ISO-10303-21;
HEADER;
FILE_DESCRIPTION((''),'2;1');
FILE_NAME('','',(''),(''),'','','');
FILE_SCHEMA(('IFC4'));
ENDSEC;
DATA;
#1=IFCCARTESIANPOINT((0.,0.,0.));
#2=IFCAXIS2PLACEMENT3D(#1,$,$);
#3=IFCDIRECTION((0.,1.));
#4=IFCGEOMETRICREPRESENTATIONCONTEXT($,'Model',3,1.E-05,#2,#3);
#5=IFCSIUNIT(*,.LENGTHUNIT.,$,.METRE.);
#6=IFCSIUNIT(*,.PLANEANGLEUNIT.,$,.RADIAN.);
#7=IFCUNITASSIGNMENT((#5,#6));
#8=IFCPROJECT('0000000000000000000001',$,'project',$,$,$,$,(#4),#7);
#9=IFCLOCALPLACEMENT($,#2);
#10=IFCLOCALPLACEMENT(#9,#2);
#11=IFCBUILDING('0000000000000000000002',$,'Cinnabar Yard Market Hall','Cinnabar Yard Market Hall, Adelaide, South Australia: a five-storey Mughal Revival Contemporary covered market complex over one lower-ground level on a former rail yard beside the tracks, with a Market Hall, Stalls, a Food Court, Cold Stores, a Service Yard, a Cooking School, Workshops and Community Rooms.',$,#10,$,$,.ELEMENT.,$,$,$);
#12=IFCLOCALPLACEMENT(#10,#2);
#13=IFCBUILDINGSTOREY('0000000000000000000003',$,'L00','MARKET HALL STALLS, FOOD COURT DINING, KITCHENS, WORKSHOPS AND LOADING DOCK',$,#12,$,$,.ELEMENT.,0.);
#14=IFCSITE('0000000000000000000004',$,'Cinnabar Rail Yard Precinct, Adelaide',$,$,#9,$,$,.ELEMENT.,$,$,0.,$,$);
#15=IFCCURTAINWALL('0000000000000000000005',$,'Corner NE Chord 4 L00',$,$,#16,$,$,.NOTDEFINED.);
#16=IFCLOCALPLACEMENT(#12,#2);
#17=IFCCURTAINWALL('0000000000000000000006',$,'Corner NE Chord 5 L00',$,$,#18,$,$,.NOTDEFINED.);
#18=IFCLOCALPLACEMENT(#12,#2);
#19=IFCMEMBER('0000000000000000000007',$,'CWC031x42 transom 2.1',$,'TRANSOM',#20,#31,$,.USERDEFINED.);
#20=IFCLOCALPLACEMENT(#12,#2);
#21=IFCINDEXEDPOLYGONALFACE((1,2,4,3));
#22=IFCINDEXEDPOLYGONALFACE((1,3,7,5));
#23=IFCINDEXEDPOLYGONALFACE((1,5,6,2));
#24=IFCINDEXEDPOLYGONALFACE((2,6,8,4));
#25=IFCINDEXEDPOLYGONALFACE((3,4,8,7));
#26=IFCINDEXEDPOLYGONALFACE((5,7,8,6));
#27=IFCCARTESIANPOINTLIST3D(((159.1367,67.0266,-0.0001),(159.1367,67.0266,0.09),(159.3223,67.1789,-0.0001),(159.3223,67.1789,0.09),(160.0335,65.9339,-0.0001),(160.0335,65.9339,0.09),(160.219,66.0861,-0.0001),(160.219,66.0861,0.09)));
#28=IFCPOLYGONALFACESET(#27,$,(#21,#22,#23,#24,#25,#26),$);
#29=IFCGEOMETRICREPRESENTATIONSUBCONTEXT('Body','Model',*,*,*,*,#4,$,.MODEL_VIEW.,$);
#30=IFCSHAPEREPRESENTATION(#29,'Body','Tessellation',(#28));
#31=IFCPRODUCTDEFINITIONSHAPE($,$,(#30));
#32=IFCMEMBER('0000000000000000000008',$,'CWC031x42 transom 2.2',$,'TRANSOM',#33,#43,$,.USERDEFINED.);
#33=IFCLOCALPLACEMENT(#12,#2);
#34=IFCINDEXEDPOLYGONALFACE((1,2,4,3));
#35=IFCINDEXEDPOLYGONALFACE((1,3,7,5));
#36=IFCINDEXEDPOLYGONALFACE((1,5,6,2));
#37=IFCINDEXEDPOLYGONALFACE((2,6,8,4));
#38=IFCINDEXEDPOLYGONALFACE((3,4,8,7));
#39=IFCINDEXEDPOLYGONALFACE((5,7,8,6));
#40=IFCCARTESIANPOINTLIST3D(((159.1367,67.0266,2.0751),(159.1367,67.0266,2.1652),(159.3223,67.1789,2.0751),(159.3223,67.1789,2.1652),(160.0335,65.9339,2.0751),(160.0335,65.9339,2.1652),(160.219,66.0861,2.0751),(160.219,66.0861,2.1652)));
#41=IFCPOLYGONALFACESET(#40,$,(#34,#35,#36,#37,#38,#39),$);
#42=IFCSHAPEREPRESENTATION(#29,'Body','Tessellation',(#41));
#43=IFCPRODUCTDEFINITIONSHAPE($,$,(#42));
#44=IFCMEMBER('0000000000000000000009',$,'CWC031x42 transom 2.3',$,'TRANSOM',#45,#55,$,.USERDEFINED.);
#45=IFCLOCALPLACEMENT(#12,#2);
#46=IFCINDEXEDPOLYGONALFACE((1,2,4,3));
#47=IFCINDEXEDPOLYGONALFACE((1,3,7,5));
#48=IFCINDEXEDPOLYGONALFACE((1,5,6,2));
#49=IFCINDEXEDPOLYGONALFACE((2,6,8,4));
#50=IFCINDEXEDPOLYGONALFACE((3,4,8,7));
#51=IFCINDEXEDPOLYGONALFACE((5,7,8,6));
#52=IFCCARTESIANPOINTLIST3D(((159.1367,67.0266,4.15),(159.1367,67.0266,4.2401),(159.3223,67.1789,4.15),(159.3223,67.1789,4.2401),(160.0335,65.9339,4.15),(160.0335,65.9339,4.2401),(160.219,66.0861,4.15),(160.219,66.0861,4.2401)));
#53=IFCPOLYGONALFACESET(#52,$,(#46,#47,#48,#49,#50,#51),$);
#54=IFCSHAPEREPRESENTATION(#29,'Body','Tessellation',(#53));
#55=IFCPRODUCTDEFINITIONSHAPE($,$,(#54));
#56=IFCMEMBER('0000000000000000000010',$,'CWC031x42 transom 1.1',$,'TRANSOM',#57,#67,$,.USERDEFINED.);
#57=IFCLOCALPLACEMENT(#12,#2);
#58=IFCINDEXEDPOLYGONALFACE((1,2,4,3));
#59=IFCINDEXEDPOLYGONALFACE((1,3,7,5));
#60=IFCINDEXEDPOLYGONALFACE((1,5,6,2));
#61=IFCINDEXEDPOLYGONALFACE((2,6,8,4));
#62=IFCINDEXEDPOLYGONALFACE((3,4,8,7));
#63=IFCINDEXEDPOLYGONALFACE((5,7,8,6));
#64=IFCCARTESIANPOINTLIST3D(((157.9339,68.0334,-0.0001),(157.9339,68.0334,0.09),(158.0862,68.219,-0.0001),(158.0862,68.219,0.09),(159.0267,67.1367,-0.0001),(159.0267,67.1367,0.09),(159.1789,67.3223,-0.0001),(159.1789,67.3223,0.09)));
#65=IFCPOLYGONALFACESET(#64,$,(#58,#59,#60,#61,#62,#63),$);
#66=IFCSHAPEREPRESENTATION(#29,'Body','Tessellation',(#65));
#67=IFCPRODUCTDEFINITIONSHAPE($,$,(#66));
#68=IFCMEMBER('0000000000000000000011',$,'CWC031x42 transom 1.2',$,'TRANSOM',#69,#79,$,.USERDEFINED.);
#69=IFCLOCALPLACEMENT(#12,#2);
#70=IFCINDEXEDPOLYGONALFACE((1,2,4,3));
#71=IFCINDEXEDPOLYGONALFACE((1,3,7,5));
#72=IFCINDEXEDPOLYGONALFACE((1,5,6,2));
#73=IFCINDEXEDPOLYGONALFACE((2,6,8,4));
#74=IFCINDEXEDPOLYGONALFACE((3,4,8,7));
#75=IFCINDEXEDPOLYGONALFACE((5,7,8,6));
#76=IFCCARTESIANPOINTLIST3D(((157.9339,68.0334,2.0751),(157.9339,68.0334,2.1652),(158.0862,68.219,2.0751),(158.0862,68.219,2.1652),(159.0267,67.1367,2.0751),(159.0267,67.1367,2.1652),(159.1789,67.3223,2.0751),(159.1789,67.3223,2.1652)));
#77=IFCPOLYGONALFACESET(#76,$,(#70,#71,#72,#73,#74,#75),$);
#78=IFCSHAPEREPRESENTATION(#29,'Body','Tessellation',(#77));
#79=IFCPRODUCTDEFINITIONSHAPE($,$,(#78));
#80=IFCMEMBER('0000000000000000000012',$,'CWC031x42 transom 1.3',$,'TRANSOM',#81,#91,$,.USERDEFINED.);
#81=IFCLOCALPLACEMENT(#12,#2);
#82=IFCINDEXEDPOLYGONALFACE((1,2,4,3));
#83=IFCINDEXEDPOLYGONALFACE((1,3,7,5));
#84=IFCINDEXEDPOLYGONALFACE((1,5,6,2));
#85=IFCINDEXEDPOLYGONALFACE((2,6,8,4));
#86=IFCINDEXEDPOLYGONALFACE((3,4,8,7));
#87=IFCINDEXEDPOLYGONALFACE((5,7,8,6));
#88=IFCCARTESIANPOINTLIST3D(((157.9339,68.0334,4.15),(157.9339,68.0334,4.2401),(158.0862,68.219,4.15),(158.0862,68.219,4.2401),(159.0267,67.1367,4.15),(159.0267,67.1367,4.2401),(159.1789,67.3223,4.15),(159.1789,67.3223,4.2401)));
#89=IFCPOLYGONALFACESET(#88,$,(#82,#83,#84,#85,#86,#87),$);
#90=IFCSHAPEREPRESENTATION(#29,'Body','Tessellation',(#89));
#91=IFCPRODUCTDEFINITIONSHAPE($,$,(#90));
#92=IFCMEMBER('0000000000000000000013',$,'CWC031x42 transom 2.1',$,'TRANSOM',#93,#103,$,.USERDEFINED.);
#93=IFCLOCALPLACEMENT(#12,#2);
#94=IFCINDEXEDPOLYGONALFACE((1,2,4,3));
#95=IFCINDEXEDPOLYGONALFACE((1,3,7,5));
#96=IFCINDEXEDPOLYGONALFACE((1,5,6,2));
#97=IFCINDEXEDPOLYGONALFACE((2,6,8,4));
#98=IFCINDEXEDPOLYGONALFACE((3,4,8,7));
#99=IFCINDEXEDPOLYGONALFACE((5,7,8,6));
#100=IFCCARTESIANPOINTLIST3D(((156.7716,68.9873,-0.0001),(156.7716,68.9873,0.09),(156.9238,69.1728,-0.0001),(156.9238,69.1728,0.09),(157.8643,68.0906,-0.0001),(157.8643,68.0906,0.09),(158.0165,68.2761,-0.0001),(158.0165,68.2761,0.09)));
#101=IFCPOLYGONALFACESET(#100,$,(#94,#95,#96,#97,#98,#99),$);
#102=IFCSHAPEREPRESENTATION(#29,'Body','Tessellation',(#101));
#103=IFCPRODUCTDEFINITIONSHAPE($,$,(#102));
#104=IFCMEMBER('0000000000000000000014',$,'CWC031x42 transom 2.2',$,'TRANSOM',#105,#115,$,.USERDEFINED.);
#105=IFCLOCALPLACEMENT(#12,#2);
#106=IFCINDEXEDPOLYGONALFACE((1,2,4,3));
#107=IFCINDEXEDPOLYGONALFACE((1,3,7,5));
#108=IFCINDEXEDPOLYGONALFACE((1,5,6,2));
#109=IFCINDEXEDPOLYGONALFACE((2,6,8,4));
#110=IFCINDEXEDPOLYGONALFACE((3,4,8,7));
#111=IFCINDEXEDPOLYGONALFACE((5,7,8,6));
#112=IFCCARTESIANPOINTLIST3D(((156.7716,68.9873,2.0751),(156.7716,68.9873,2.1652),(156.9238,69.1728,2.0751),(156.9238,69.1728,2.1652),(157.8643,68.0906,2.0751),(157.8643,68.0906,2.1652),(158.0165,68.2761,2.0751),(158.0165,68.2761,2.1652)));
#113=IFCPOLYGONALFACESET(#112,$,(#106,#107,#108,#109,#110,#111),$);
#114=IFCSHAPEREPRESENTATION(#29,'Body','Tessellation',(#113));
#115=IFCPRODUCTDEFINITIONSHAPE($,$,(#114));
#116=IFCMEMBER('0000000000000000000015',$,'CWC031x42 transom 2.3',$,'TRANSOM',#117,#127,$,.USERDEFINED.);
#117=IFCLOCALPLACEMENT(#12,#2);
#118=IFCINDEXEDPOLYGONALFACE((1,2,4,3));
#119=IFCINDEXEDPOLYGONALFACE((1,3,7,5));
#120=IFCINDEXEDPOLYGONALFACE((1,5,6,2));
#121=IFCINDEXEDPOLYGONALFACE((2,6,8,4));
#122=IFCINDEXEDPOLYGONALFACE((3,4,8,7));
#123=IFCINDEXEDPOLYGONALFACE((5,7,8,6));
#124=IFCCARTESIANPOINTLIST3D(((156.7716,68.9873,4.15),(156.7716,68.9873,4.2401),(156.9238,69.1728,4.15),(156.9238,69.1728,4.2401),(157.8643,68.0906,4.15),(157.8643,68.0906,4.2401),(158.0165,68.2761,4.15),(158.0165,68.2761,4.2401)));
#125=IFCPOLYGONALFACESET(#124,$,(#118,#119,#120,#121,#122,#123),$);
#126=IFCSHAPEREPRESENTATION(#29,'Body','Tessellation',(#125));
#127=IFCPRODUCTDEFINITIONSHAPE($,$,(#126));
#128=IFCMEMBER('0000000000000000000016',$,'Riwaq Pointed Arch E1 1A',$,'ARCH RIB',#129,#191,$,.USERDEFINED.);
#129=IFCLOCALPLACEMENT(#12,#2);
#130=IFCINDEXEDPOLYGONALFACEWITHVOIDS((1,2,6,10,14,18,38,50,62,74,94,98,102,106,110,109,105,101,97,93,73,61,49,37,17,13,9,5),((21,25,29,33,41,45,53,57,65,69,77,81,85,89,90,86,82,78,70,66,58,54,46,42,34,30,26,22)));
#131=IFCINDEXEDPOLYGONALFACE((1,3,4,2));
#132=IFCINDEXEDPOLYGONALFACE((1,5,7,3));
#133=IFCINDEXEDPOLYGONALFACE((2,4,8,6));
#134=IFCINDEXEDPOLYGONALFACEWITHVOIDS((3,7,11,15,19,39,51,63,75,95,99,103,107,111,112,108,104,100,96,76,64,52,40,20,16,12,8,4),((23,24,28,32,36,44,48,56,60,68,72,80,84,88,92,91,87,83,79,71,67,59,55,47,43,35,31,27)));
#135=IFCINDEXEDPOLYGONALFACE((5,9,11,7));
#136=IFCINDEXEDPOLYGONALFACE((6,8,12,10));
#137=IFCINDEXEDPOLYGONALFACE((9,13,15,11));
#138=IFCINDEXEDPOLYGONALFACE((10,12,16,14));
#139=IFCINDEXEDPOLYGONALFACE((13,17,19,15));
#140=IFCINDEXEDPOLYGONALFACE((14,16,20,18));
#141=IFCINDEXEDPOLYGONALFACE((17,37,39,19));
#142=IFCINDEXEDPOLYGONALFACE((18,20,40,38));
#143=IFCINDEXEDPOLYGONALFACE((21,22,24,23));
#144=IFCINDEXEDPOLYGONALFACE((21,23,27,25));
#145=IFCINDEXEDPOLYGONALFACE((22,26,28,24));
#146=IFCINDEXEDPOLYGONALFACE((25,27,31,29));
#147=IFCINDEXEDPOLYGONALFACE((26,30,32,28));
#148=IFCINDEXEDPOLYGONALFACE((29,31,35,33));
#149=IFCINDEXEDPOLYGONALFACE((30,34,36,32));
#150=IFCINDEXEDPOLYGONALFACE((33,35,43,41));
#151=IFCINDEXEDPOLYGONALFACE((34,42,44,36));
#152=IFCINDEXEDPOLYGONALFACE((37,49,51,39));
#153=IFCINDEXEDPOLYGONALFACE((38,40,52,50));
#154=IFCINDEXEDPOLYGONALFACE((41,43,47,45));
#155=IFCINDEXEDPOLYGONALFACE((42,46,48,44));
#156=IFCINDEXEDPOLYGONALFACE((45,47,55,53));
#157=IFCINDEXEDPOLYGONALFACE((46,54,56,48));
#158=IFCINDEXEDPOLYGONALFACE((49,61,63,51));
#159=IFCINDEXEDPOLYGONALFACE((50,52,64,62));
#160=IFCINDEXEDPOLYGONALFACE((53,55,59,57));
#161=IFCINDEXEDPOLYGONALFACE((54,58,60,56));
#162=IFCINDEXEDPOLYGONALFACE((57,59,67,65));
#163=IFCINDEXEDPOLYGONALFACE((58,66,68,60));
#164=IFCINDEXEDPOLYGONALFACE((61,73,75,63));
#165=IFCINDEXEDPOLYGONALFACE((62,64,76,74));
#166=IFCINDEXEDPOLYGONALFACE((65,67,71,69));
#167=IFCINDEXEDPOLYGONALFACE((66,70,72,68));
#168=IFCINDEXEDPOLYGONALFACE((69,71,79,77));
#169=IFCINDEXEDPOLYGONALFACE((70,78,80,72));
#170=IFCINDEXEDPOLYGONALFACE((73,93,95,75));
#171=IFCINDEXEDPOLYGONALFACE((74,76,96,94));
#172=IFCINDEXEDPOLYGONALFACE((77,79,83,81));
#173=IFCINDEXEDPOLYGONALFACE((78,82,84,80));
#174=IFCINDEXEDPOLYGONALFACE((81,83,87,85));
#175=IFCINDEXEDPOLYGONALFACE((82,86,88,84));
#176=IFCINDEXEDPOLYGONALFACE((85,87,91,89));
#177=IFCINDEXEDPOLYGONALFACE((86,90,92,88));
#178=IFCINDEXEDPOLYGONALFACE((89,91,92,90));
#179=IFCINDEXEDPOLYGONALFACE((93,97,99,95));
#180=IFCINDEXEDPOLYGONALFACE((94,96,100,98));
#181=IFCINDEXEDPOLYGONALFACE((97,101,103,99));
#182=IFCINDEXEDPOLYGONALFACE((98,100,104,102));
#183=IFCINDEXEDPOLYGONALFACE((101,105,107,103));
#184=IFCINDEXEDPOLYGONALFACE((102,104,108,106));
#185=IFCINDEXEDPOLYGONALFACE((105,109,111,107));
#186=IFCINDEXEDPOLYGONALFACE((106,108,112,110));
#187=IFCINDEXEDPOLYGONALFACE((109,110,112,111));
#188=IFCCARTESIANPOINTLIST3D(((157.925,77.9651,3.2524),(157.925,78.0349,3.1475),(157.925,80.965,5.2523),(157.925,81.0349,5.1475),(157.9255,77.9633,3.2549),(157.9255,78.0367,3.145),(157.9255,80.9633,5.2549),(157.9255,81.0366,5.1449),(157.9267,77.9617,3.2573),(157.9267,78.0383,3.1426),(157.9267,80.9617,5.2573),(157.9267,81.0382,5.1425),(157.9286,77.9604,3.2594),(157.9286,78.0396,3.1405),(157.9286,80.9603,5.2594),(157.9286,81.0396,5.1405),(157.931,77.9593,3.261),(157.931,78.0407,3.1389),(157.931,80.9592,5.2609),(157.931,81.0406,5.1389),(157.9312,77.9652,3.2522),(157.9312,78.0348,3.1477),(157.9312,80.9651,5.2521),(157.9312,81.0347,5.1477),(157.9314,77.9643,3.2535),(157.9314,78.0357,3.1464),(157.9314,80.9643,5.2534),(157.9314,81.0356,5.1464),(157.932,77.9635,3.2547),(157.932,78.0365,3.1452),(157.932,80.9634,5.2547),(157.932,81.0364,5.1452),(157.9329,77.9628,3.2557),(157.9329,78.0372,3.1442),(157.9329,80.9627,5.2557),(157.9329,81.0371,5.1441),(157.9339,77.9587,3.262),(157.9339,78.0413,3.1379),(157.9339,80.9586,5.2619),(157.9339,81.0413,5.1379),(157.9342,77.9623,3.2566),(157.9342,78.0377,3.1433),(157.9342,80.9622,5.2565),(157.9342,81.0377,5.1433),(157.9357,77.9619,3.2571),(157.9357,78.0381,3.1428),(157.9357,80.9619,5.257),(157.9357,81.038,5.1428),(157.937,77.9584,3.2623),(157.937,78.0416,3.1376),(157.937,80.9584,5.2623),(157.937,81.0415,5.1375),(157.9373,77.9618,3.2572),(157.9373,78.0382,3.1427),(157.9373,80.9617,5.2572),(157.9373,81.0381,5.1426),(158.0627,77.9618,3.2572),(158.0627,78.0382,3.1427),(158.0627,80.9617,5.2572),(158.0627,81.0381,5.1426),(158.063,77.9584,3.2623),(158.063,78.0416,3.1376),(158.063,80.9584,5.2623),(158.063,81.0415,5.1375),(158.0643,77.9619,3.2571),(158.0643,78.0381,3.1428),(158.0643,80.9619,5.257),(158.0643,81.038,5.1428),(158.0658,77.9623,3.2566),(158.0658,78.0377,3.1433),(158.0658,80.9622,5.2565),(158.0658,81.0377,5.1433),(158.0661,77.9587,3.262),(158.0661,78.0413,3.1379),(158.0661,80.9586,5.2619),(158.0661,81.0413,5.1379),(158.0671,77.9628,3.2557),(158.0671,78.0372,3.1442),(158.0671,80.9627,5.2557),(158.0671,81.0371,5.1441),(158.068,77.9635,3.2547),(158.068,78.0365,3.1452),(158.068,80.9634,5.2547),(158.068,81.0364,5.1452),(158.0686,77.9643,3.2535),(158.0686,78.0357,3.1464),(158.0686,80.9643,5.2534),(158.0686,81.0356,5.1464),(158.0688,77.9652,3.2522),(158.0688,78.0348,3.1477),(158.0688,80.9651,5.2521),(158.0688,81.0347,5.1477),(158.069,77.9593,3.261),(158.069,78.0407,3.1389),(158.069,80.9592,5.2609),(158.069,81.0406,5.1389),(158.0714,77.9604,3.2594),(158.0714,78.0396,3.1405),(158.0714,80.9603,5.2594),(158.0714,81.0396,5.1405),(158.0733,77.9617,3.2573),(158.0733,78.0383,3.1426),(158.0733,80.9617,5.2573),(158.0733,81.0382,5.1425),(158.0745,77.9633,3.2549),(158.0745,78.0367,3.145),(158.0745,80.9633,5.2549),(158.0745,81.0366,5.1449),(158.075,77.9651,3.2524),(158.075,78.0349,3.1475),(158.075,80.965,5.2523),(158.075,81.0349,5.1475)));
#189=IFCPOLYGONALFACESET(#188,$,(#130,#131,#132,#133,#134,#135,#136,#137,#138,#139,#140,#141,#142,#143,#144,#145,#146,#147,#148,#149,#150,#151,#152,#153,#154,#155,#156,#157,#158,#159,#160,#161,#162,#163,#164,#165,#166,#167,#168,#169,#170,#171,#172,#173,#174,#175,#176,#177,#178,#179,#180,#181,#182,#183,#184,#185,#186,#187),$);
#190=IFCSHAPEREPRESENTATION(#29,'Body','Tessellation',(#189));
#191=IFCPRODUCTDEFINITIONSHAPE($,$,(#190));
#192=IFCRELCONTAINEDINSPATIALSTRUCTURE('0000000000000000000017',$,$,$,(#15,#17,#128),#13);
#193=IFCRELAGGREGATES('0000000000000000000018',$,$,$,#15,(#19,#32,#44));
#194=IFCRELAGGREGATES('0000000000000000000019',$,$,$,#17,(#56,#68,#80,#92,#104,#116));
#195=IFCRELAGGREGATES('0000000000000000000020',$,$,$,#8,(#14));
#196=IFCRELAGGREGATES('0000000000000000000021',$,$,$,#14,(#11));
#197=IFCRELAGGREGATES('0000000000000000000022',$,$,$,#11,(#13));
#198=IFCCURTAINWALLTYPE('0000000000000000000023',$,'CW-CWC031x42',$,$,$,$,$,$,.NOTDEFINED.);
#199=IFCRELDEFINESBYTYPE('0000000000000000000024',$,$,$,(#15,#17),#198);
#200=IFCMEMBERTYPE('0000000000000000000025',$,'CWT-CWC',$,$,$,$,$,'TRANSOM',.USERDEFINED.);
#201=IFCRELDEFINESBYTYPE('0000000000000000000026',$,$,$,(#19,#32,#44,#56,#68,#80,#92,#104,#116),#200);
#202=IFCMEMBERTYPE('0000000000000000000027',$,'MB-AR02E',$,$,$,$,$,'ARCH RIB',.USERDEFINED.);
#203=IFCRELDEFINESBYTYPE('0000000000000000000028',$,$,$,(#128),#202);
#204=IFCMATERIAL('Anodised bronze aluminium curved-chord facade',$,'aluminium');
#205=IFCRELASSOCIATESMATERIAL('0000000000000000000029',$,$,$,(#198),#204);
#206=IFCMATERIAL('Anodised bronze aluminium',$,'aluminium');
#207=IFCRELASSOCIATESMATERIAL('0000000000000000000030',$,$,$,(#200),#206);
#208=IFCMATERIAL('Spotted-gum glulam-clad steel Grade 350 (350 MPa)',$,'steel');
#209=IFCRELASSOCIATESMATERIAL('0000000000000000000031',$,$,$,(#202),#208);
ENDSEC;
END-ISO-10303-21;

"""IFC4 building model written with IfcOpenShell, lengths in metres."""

from ifc_helpers import new_model, si_unit, direction, frame, origin, origin_2d_with_axis, place, context, subcontext, project, spatial, rectangle, hollow_rectangle, extrude, material, material_profile, profile_set, type_object, element, aggregate, save


model = new_model("IFC4")

# Units and contexts
model_context = context("Model", 3, precision=1e-05, world=origin(), true_north=direction((0.0, 1.0)))
body_context = subcontext(model_context, "Body", "Model", "MODEL_VIEW")
ifc_project = project(units=[si_unit("LENGTHUNIT", "METRE"), si_unit("PLANEANGLEUNIT", "RADIAN")], contexts=[model_context])

# Site, building, storey
site_placement = place(None, origin())
site = spatial("IfcSite", under=ifc_project, at=site_placement, Name="Cinnabar Rail Yard Precinct, Adelaide", CompositionType="ELEMENT", RefElevation=0.0)
building_placement = place(site_placement, origin())
building = spatial("IfcBuilding", under=site, at=building_placement, Name="Cinnabar Yard Market Hall", Description="Cinnabar Yard Market Hall, Adelaide, South Australia: a five-storey Mughal Revival Contemporary covered market complex over one lower-ground level on a former rail yard beside the tracks, with a Market Hall, Stalls, a Food Court, Cold Stores, a Service Yard, a Cooking School, Workshops and Community Rooms.", CompositionType="ELEMENT")
storey_placement = place(building_placement, origin())
storey = spatial("IfcBuildingStorey", under=building, at=storey_placement, Name="L00", Description="MARKET HALL STALLS, FOOD COURT DINING, KITCHENS, WORKSHOPS AND LOADING DOCK", CompositionType="ELEMENT", Elevation=0.0)

# Shared definitions
ifc_material_1 = material(Name="Spotted-gum glulam-clad steel Grade 350 (350 MPa)", Category="steel")

# Curtain walls
ifc_material_2 = material(Name="Anodised bronze aluminium curved-chord facade", Category="aluminium")
curtain_wall_type = type_object("IfcCurtainWallType", Name="CW-CWC031x42", PredefinedType="NOTDEFINED", material=ifc_material_2)
curtain_wall_1_placement = place(storey_placement, origin())
curtain_wall_1 = element("IfcCurtainWall", 1, at=curtain_wall_1_placement, inside=storey, type_object=curtain_wall_type, Name="Corner NE Chord 4 L00", PredefinedType="NOTDEFINED")
ifc_material_3 = material(Name="Anodised bronze aluminium", Category="aluminium")
curtain_wall_2_placement = place(storey_placement, origin())
curtain_wall_2 = element("IfcCurtainWall", 2, at=curtain_wall_2_placement, inside=storey, type_object=curtain_wall_type, Name="Corner NE Chord 5 L00", PredefinedType="NOTDEFINED")

# Members
ifc_material_profile_1 = material_profile(ifc_material_3, rectangle(XDim=0.24, YDim=0.0901, at=origin_2d_with_axis()), Name="TRN-CWC")
ifc_profile_set_1 = profile_set([ifc_material_profile_1], Name="Anodised bronze aluminium")
member_type_1 = type_object("IfcMemberType", Name="CWT-CWC", ElementType="TRANSOM", PredefinedType="USERDEFINED", material=ifc_profile_set_1)
member_1_placement = place(storey_placement, frame((160.1262, 66.01, 0.0449), z_axis=(-0.634356, 0.773041, 0.0), x_axis=(-0.773041, -0.634356, 0.0)))
member_1 = element("IfcMember", 3, at=member_1_placement, type_object=member_type_1, Name="CWC031x42 transom 2.1", ObjectType="TRANSOM", PredefinedType="USERDEFINED", context=body_context, shape_type="SweptSolid", body=[
    extrude(rectangle(XDim=0.24, YDim=0.0901, at=origin_2d_with_axis()), origin(), (0.0, 0.0, 1.0), 1.4136),
])
member_2_placement = place(storey_placement, frame((160.1262, 66.01, 2.1201), z_axis=(-0.634356, 0.773041, 0.0), x_axis=(-0.773041, -0.634356, 0.0)))
member_2 = element("IfcMember", 4, at=member_2_placement, type_object=member_type_1, Name="CWC031x42 transom 2.2", ObjectType="TRANSOM", PredefinedType="USERDEFINED", context=body_context, shape_type="SweptSolid", body=[
    extrude(rectangle(XDim=0.24, YDim=0.0901, at=origin_2d_with_axis()), origin(), (0.0, 0.0, 1.0), 1.4136),
])
member_3_placement = place(storey_placement, frame((160.1262, 66.01, 4.1951), z_axis=(-0.634356, 0.773041, 0.0), x_axis=(-0.773041, -0.634356, 0.0)))
member_3 = element("IfcMember", 5, at=member_3_placement, type_object=member_type_1, Name="CWC031x42 transom 2.3", ObjectType="TRANSOM", PredefinedType="USERDEFINED", context=body_context, shape_type="SweptSolid", body=[
    extrude(rectangle(XDim=0.24, YDim=0.0901, at=origin_2d_with_axis()), origin(), (0.0, 0.0, 1.0), 1.4136),
])
member_4_placement = place(storey_placement, frame((159.1028, 67.2295, 0.0449), z_axis=(-0.773041, 0.634356, 0.0), x_axis=(-0.634356, -0.773041, 0.0)))
member_4 = element("IfcMember", 6, at=member_4_placement, type_object=member_type_1, Name="CWC031x42 transom 1.1", ObjectType="TRANSOM", PredefinedType="USERDEFINED", context=body_context, shape_type="SweptSolid", body=[
    extrude(rectangle(XDim=0.24, YDim=0.0901, at=origin_2d_with_axis()), origin(), (0.0, 0.0, 1.0), 1.4136),
])
member_5_placement = place(storey_placement, frame((159.1028, 67.2295, 2.1201), z_axis=(-0.773041, 0.634356, 0.0), x_axis=(-0.634356, -0.773041, 0.0)))
member_5 = element("IfcMember", 7, at=member_5_placement, type_object=member_type_1, Name="CWC031x42 transom 1.2", ObjectType="TRANSOM", PredefinedType="USERDEFINED", context=body_context, shape_type="SweptSolid", body=[
    extrude(rectangle(XDim=0.24, YDim=0.0901, at=origin_2d_with_axis()), origin(), (0.0, 0.0, 1.0), 1.4136),
])
member_6_placement = place(storey_placement, frame((159.1028, 67.2295, 4.1951), z_axis=(-0.773041, 0.634356, 0.0), x_axis=(-0.634356, -0.773041, 0.0)))
member_6 = element("IfcMember", 8, at=member_6_placement, type_object=member_type_1, Name="CWC031x42 transom 1.3", ObjectType="TRANSOM", PredefinedType="USERDEFINED", context=body_context, shape_type="SweptSolid", body=[
    extrude(rectangle(XDim=0.24, YDim=0.0901, at=origin_2d_with_axis()), origin(), (0.0, 0.0, 1.0), 1.4136),
])
member_7_placement = place(storey_placement, frame((157.9404, 68.1833, 0.0449), z_axis=(-0.773041, 0.634356, 0.0), x_axis=(-0.634356, -0.773041, 0.0)))
member_7 = element("IfcMember", 9, at=member_7_placement, type_object=member_type_1, Name="CWC031x42 transom 2.1", ObjectType="TRANSOM", PredefinedType="USERDEFINED", context=body_context, shape_type="SweptSolid", body=[
    extrude(rectangle(XDim=0.24, YDim=0.0901, at=origin_2d_with_axis()), origin(), (0.0, 0.0, 1.0), 1.4136),
])
member_8_placement = place(storey_placement, frame((157.9404, 68.1833, 2.1201), z_axis=(-0.773041, 0.634356, 0.0), x_axis=(-0.634356, -0.773041, 0.0)))
member_8 = element("IfcMember", 10, at=member_8_placement, type_object=member_type_1, Name="CWC031x42 transom 2.2", ObjectType="TRANSOM", PredefinedType="USERDEFINED", context=body_context, shape_type="SweptSolid", body=[
    extrude(rectangle(XDim=0.24, YDim=0.0901, at=origin_2d_with_axis()), origin(), (0.0, 0.0, 1.0), 1.4136),
])
member_9_placement = place(storey_placement, frame((157.9404, 68.1833, 4.1951), z_axis=(-0.773041, 0.634356, 0.0), x_axis=(-0.634356, -0.773041, 0.0)))
member_9 = element("IfcMember", 11, at=member_9_placement, type_object=member_type_1, Name="CWC031x42 transom 2.3", ObjectType="TRANSOM", PredefinedType="USERDEFINED", context=body_context, shape_type="SweptSolid", body=[
    extrude(rectangle(XDim=0.24, YDim=0.0901, at=origin_2d_with_axis()), origin(), (0.0, 0.0, 1.0), 1.4136),
])

# Member
ifc_material_profile_2 = material_profile(ifc_material_1, hollow_rectangle(XDim=0.1499, YDim=0.1499, WallThickness=0.0061, InnerFilletRadius=0.0061, OuterFilletRadius=0.012, at=origin_2d_with_axis()), Name="150x150x6.0SHS")
ifc_profile_set_2 = profile_set([ifc_material_profile_2], Name="Spotted-gum glulam-clad steel Grade 350 (350 MPa)")
member_type_2 = type_object("IfcMemberType", Name="MB-AR02E", ElementType="ARCH RIB", PredefinedType="USERDEFINED", material=ifc_profile_set_2)
for number, where, z_axis, x_axis, name in (
    (12, (158.0, 78.0, 3.2), (0.0, 0.83205, 0.5547), (-1.0, 0.0, 0.0), "Riwaq Pointed Arch E1 1A"),
):
    element("IfcMember", number, at=place(storey_placement, frame(where, z_axis=z_axis, x_axis=x_axis)), inside=storey, type_object=member_type_2, Name=name, ObjectType="ARCH RIB", PredefinedType="USERDEFINED", context=body_context, shape_type="SweptSolid", body=[
        extrude(hollow_rectangle(XDim=0.1499, YDim=0.1499, WallThickness=0.0061, InnerFilletRadius=0.0061, OuterFilletRadius=0.012, at=origin_2d_with_axis()), origin(), (0.0, 0.0, 1.0), 3.6055),
    ])

aggregate(curtain_wall_1, [member_1, member_2, member_3])
aggregate(curtain_wall_2, [member_4, member_5, member_6, member_7, member_8, member_9])

save(model, "model.ifc")
